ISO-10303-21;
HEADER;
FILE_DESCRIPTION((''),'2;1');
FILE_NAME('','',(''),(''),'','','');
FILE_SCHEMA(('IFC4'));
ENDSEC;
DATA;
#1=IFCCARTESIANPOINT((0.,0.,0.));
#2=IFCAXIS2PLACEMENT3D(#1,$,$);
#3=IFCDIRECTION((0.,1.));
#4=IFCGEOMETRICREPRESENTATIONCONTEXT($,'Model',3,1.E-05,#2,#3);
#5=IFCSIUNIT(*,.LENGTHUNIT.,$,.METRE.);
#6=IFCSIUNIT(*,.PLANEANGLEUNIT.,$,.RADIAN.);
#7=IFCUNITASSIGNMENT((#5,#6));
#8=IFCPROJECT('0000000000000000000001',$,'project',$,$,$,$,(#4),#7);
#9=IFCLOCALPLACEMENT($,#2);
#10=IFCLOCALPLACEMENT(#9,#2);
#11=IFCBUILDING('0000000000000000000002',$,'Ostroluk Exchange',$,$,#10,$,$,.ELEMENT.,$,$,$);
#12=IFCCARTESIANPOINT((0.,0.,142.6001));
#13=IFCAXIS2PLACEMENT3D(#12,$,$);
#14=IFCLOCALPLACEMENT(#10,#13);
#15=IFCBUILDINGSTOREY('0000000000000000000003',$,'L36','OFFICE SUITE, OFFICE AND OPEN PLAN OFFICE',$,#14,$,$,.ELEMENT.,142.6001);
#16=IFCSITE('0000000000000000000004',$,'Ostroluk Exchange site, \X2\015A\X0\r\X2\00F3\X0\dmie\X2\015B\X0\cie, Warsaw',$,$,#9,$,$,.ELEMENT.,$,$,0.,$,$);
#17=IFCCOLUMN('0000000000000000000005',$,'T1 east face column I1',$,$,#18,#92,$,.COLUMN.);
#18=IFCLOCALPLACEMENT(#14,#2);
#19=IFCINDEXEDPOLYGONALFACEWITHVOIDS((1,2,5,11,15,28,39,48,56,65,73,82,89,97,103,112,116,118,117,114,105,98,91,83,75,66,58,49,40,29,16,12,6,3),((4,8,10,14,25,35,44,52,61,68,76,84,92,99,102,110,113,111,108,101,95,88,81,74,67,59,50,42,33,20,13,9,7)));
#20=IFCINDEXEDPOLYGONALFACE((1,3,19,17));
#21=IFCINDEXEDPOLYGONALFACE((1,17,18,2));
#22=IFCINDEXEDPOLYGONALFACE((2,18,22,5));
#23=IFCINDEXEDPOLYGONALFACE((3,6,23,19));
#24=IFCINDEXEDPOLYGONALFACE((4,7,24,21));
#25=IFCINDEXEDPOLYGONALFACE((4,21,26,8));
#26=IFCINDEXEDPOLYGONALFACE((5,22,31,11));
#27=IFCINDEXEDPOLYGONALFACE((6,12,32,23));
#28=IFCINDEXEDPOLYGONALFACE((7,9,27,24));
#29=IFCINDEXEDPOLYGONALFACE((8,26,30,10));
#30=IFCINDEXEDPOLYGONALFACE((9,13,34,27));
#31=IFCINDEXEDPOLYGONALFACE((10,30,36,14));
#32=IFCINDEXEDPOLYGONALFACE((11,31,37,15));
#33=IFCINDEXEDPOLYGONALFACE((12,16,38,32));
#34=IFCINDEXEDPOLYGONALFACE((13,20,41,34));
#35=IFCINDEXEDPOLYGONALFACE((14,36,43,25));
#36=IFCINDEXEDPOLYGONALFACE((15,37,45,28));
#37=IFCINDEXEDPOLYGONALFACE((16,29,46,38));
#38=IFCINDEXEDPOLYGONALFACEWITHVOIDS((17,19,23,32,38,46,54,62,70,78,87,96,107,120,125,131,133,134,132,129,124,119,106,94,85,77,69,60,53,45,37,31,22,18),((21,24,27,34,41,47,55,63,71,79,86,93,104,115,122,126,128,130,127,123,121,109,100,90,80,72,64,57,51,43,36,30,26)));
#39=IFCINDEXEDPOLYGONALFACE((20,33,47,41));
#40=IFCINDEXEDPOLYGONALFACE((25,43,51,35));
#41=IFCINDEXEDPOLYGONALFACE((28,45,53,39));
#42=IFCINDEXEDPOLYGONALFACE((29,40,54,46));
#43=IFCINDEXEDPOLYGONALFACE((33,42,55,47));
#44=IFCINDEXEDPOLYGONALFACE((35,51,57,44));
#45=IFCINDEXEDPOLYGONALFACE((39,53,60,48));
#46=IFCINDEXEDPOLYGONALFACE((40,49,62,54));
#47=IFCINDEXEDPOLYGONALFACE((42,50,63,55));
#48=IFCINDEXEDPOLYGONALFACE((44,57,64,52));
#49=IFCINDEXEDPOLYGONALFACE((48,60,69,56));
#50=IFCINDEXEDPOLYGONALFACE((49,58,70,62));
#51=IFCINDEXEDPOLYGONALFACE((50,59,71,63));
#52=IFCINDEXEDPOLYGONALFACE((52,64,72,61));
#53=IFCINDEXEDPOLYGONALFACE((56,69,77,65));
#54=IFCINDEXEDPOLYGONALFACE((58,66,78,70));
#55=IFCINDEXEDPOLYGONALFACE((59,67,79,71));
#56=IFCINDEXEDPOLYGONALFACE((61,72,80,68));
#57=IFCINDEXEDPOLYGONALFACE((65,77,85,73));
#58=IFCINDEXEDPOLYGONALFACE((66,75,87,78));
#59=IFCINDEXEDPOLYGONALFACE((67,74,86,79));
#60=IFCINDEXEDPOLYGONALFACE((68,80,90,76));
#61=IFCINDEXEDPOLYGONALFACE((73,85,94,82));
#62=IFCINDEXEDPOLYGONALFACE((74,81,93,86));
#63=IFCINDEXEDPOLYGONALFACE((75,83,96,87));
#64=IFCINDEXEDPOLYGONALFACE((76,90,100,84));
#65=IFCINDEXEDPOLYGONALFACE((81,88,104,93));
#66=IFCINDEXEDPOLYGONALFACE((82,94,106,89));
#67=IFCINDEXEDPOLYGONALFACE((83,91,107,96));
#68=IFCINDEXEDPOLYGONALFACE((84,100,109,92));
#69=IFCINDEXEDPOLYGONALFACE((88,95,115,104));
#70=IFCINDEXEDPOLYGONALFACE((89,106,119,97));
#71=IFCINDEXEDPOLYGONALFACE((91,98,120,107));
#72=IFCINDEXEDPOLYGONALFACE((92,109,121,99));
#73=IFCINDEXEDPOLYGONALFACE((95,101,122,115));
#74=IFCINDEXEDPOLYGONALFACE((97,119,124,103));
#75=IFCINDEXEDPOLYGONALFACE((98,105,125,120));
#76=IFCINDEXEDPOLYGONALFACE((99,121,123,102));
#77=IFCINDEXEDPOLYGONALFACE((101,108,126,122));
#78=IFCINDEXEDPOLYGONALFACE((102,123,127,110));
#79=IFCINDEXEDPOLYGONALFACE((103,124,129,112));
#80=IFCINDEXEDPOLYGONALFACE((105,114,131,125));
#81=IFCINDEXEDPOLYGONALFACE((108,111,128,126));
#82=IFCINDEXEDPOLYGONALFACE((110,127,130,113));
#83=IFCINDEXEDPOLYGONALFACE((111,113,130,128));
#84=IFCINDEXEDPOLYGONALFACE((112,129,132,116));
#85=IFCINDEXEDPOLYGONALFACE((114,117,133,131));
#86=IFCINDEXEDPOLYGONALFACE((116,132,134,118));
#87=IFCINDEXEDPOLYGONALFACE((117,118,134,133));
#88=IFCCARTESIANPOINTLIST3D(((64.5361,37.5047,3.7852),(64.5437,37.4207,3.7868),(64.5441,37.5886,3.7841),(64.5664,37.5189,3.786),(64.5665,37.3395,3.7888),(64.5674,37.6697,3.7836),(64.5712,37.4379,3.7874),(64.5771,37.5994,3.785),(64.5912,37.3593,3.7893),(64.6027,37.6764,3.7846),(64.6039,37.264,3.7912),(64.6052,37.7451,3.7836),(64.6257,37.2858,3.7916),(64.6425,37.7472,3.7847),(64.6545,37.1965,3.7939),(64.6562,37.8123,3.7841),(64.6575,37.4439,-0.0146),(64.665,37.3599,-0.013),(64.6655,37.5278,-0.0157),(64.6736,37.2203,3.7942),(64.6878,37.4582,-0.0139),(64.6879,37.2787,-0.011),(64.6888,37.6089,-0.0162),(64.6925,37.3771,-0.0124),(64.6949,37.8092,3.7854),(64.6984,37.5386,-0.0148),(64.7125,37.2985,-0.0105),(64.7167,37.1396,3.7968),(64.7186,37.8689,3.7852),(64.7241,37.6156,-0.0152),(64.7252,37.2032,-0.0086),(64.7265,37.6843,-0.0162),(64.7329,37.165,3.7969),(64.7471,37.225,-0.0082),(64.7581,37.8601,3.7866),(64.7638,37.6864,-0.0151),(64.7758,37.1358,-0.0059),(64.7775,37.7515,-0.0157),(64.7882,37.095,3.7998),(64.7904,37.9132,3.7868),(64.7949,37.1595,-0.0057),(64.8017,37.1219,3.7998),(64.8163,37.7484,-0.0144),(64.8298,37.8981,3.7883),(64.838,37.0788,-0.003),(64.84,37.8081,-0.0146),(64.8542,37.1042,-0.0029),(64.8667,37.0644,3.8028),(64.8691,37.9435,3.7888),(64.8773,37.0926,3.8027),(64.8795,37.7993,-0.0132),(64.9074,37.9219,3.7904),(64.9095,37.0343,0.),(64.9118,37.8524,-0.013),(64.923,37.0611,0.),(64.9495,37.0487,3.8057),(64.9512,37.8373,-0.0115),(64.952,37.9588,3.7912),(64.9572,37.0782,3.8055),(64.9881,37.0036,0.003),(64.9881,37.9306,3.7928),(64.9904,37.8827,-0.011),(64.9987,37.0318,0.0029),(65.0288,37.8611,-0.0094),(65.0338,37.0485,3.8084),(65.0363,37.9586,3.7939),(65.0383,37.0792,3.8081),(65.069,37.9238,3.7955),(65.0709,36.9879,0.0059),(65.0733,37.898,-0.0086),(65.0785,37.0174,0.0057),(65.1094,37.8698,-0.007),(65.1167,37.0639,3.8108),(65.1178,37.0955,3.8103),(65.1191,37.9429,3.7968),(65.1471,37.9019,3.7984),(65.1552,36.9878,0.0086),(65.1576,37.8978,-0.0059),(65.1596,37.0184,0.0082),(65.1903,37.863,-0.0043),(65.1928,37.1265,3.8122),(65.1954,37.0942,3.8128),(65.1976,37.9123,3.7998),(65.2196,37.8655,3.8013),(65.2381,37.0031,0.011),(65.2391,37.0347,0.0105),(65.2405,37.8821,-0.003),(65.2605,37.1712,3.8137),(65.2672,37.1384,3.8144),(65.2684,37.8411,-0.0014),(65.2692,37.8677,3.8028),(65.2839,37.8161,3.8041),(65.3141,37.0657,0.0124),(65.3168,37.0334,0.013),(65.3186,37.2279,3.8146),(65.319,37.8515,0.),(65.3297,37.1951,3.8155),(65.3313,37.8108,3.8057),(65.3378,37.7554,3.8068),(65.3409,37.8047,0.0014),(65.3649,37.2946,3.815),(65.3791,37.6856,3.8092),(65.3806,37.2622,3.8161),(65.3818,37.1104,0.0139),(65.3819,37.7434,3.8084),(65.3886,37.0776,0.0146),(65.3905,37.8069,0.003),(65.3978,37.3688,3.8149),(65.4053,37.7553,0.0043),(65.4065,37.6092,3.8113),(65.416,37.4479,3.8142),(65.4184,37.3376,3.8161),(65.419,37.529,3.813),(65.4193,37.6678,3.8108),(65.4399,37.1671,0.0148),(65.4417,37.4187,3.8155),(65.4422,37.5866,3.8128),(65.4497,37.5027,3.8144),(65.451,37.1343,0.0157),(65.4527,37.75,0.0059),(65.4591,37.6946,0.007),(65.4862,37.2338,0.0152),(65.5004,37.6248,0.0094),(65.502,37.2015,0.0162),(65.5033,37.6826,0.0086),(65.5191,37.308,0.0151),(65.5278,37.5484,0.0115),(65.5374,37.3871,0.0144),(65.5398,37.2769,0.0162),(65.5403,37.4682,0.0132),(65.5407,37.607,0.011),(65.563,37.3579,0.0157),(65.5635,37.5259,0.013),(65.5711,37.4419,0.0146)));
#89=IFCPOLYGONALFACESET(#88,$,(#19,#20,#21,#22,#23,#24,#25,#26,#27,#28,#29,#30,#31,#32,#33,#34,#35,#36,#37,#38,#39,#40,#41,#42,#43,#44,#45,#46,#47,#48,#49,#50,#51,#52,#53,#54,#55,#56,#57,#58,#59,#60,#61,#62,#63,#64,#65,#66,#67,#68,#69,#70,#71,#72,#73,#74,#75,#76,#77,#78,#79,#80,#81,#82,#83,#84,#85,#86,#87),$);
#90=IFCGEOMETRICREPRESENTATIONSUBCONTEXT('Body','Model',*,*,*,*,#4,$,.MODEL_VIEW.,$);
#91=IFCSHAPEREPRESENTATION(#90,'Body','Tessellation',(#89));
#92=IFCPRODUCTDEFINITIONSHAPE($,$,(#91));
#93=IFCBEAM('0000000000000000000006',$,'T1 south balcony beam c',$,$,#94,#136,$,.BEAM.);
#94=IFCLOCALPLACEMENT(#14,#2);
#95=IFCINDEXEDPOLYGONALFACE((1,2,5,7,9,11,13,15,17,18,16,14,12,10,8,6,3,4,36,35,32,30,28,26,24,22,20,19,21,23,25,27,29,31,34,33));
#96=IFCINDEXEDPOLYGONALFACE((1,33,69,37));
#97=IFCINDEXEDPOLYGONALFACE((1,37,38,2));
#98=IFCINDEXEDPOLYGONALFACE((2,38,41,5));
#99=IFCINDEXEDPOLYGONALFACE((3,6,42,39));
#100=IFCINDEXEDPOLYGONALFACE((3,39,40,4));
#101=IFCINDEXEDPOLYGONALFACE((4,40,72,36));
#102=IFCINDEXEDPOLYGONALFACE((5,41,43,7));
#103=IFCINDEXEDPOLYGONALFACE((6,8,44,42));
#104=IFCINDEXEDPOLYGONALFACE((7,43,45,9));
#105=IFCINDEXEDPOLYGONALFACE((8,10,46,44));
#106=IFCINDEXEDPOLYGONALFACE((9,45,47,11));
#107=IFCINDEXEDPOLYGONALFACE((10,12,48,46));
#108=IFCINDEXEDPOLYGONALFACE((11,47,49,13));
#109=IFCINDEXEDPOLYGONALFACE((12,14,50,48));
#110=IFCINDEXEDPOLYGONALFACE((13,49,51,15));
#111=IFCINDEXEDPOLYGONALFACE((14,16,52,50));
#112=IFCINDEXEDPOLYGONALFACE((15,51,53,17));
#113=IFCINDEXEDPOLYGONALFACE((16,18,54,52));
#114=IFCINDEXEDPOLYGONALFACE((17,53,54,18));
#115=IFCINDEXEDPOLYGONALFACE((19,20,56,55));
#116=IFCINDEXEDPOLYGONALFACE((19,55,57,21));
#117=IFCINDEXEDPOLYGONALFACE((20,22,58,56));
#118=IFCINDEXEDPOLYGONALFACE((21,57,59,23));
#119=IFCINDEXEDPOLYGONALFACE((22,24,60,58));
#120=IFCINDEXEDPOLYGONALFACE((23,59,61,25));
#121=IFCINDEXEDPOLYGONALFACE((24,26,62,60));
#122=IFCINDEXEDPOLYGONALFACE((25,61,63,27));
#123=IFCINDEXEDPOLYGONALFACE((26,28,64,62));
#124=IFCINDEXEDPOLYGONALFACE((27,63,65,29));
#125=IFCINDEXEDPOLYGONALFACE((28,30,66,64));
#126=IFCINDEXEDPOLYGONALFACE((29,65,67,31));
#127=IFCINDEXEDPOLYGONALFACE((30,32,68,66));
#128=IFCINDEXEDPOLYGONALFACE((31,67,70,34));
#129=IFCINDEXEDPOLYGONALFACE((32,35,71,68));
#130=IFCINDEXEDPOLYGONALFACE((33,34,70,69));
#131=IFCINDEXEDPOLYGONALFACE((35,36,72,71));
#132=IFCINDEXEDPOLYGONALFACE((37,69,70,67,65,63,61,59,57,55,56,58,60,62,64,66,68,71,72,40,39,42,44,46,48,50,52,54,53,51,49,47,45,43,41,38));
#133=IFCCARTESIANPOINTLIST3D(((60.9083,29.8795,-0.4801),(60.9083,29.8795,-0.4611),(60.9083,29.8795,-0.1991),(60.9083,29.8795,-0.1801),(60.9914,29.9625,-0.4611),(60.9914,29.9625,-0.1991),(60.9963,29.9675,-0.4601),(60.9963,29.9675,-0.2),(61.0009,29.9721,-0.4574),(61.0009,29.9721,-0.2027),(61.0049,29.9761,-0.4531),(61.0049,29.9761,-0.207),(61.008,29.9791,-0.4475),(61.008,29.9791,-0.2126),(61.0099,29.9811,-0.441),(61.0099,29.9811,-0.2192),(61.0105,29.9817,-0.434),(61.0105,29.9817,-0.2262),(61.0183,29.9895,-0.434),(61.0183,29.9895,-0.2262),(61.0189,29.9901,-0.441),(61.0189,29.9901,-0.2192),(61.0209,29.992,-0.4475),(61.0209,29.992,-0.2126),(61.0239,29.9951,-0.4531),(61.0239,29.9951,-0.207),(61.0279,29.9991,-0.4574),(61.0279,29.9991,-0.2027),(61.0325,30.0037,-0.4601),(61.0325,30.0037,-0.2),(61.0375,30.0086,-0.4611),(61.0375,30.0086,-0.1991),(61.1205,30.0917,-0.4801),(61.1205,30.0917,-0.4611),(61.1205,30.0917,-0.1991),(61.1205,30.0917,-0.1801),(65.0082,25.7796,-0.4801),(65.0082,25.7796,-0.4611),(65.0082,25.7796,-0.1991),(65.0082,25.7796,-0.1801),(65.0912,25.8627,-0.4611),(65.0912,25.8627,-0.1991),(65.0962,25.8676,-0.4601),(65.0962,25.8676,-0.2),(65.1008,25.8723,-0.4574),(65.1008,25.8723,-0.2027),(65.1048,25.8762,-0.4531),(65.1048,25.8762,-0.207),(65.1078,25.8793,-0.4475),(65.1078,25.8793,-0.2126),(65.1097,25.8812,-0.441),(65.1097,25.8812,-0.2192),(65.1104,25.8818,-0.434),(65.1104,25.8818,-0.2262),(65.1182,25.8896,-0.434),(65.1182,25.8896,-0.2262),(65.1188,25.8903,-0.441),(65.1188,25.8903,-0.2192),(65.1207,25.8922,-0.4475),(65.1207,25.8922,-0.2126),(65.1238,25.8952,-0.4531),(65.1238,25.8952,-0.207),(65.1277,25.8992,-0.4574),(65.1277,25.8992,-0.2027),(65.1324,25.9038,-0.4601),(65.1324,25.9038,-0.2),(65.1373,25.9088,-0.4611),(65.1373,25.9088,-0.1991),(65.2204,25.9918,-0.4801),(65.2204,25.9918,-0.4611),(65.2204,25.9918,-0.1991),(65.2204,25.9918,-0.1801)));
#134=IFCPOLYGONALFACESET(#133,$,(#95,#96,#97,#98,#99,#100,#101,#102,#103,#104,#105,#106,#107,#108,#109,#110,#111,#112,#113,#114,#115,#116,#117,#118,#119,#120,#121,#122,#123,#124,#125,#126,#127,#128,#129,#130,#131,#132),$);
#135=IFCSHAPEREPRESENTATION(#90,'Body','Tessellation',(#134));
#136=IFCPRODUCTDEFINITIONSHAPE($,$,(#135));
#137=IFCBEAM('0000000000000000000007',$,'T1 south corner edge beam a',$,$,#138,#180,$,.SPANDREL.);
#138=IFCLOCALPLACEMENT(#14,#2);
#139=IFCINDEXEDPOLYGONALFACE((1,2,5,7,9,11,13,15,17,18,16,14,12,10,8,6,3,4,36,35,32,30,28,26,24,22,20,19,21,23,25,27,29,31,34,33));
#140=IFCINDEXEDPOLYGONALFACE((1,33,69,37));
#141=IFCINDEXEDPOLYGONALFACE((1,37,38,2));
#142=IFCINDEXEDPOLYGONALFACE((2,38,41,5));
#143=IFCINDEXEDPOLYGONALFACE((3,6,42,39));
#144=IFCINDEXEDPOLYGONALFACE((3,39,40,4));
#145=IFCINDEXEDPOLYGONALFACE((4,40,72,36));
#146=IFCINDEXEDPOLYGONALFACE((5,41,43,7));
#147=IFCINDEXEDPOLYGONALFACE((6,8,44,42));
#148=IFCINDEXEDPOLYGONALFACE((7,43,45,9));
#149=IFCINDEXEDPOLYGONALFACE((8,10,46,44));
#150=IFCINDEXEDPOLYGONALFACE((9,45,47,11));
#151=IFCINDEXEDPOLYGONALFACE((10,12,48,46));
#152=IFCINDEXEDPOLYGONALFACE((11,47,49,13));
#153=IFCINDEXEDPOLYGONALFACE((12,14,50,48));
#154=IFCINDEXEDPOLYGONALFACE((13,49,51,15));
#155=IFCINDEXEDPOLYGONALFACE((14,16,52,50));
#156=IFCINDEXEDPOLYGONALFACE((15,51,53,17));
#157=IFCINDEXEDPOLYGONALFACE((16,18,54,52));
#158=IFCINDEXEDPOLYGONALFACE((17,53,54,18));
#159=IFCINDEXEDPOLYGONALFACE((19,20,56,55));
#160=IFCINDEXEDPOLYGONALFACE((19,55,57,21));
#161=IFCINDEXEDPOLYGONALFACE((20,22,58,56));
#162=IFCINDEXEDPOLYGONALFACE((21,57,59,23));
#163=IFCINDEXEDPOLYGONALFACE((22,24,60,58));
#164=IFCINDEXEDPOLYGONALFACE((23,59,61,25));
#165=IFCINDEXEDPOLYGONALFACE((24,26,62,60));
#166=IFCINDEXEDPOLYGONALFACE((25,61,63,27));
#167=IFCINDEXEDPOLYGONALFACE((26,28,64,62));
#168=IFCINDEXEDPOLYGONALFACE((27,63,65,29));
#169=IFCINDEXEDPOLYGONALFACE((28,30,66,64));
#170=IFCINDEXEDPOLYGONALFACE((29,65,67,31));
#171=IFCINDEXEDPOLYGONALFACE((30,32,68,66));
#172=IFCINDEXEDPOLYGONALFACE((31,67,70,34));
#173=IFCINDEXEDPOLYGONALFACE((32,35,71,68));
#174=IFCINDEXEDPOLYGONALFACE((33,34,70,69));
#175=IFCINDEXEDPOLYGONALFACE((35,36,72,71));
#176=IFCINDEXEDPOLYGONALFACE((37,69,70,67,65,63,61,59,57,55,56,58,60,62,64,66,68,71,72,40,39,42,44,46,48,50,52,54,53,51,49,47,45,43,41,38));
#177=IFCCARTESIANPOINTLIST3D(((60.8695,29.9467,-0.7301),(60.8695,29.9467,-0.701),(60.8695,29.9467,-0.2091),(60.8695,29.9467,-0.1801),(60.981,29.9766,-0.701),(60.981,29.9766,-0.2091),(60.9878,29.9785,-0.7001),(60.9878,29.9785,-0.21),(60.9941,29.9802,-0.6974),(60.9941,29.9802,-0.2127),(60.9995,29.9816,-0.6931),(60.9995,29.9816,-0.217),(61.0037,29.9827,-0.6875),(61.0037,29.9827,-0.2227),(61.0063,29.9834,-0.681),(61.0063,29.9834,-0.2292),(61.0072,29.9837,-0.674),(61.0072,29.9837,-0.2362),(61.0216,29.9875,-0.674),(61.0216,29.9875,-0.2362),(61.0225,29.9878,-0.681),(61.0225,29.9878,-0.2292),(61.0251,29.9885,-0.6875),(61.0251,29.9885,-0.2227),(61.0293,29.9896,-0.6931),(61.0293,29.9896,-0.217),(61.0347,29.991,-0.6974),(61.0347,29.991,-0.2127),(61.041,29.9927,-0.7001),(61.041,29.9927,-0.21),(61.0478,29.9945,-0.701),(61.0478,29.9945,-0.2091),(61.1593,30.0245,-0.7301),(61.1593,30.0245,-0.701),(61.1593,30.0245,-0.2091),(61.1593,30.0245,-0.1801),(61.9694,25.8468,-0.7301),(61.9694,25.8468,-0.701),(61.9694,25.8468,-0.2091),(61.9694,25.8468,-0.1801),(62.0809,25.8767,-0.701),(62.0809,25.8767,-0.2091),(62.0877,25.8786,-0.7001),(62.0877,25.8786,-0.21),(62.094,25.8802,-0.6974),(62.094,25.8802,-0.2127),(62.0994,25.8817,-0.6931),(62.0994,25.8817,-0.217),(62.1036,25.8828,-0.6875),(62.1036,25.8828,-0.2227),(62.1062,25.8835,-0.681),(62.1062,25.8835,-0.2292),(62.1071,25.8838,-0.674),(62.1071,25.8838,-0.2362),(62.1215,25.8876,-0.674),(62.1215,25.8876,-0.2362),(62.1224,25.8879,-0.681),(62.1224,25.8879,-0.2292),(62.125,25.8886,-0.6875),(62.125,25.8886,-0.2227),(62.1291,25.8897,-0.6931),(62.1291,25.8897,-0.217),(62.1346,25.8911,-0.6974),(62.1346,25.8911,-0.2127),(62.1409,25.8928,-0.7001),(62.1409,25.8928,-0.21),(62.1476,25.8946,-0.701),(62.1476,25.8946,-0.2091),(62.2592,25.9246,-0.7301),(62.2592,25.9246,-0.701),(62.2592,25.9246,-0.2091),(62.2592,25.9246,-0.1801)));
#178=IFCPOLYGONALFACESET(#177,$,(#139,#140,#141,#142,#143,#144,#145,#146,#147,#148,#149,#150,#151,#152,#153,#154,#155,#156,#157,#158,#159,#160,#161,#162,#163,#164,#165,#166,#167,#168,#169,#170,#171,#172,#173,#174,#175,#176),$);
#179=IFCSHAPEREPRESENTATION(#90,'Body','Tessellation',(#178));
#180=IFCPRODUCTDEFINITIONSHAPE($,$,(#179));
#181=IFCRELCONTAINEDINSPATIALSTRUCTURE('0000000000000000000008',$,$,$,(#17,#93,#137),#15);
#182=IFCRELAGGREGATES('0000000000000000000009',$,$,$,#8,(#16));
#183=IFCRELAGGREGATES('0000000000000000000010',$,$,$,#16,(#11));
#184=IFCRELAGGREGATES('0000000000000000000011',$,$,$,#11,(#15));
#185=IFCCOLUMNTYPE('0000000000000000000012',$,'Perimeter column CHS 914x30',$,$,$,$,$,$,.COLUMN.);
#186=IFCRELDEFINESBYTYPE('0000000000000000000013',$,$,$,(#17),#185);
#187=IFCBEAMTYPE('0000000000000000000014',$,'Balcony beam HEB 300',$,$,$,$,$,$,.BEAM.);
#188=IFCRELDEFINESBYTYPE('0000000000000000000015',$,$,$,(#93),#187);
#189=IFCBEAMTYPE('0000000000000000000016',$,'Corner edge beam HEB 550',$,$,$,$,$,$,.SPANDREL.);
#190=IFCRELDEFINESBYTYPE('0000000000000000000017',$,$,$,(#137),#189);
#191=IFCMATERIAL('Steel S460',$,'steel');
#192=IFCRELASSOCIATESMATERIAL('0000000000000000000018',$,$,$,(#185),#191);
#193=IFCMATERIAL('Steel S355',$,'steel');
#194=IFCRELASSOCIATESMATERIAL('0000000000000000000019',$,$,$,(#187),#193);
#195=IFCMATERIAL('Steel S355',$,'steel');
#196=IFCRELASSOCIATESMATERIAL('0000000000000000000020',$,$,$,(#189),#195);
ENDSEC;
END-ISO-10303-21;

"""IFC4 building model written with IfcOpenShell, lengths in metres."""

from ifc_helpers import new_model, si_unit, direction, frame, origin, origin_2d, place, context, subcontext, project, spatial, hollow_circle, i_section, extrude, material, material_profile, profile_set, type_object, element, save


model = new_model("IFC4")

# Units and contexts
model_context = context("Model", 3, precision=1e-05, world=origin(), true_north=direction((0.0, 1.0)))
body_context = subcontext(model_context, "Body", "Model", "MODEL_VIEW")
ifc_project = project(units=[si_unit("LENGTHUNIT", "METRE"), si_unit("PLANEANGLEUNIT", "RADIAN")], contexts=[model_context])

# Site, building, storey
site_placement = place(None, origin())
site = spatial("IfcSite", under=ifc_project, at=site_placement, Name="Ostroluk Exchange site, Śródmieście, Warsaw", CompositionType="ELEMENT", RefElevation=0.0)
building_placement = place(site_placement, origin())
building = spatial("IfcBuilding", under=site, at=building_placement, Name="Ostroluk Exchange", CompositionType="ELEMENT")
storey_placement = place(building_placement, frame((0.0, 0.0, 142.6001)))
storey = spatial("IfcBuildingStorey", under=building, at=storey_placement, Name="L36", Description="OFFICE SUITE, OFFICE AND OPEN PLAN OFFICE", CompositionType="ELEMENT", Elevation=142.6001)

# Column
ifc_material_1 = material(Name="Steel S460", Category="steel")
ifc_material_profile_1 = material_profile(ifc_material_1, hollow_circle(Radius=0.457, WallThickness=0.03, at=origin_2d()), Name="CHS 914x30")
ifc_profile_set_1 = profile_set([ifc_material_profile_1], Name="Steel S460")
column_type = type_object("IfcColumnType", Name="Perimeter column CHS 914x30", PredefinedType="COLUMN", material=ifc_profile_set_1)
column_placement = place(storey_placement, frame((65.1143, 37.4429, 0.0), z_axis=(-0.031912, 0.015988, 0.999363), x_axis=(-0.447933, -0.894067, 0.0)))
element("IfcColumn", 1, at=column_placement, inside=storey, type_object=column_type, Name="T1 east face column I1", PredefinedType="COLUMN", context=body_context, shape_type="SweptSolid", body=[
    extrude(hollow_circle(Radius=0.457, WallThickness=0.03, at=origin_2d()), origin(), (0.0, 0.0, 1.0), 3.8022),
])

# Beams
ifc_material_2 = material(Name="Steel S355", Category="steel")
ifc_material_profile_2 = material_profile(ifc_material_2, i_section(OverallWidth=0.3, OverallDepth=0.3, WebThickness=0.011, FlangeThickness=0.019, FilletRadius=0.0271, at=origin_2d()), Name="HEB 300")
ifc_profile_set_2 = profile_set([ifc_material_profile_2], Name="Steel S355")
beam_type_1 = type_object("IfcBeamType", Name="Balcony beam HEB 300", PredefinedType="BEAM", material=ifc_profile_set_2)
beam_1_placement = place(storey_placement, frame((61.0144, 29.9856, -0.3301), z_axis=(0.707107, -0.707107, 0.0), x_axis=(0.707107, 0.707107, 0.0)))
element("IfcBeam", 2, at=beam_1_placement, inside=storey, type_object=beam_type_1, Name="T1 south balcony beam c", PredefinedType="BEAM", context=body_context, shape_type="SweptSolid", body=[
    extrude(i_section(OverallWidth=0.3, OverallDepth=0.3, WebThickness=0.011, FlangeThickness=0.019, FilletRadius=0.0271, at=origin_2d()), origin(), (0.0, 0.0, 1.0), 5.7981),
])
ifc_material_3 = material(Name="Steel S355", Category="steel")
ifc_material_profile_3 = material_profile(ifc_material_3, i_section(OverallWidth=0.3, OverallDepth=0.55, WebThickness=0.0149, FlangeThickness=0.0291, FilletRadius=0.0271, at=origin_2d()), Name="HEB 550")
ifc_profile_set_3 = profile_set([ifc_material_profile_3], Name="Steel S355")
beam_type_2 = type_object("IfcBeamType", Name="Corner edge beam HEB 550", PredefinedType="SPANDREL", material=ifc_profile_set_3)
for number, where, z_axis, x_axis, name in (
    (3, (61.0144, 29.9856, -0.4551), (0.259105, -0.965849, 0.0), (0.965849, 0.259105, 0.0), "T1 south corner edge beam a"),
):
    element("IfcBeam", number, at=place(storey_placement, frame(where, z_axis=z_axis, x_axis=x_axis)), inside=storey, type_object=beam_type_2, Name=name, PredefinedType="SPANDREL", context=body_context, shape_type="SweptSolid", body=[
        extrude(i_section(OverallWidth=0.3, OverallDepth=0.55, WebThickness=0.0149, FlangeThickness=0.0291, FilletRadius=0.0271, at=origin_2d()), origin(), (0.0, 0.0, 1.0), 4.2449),
    ])

save(model, "model.ifc")
